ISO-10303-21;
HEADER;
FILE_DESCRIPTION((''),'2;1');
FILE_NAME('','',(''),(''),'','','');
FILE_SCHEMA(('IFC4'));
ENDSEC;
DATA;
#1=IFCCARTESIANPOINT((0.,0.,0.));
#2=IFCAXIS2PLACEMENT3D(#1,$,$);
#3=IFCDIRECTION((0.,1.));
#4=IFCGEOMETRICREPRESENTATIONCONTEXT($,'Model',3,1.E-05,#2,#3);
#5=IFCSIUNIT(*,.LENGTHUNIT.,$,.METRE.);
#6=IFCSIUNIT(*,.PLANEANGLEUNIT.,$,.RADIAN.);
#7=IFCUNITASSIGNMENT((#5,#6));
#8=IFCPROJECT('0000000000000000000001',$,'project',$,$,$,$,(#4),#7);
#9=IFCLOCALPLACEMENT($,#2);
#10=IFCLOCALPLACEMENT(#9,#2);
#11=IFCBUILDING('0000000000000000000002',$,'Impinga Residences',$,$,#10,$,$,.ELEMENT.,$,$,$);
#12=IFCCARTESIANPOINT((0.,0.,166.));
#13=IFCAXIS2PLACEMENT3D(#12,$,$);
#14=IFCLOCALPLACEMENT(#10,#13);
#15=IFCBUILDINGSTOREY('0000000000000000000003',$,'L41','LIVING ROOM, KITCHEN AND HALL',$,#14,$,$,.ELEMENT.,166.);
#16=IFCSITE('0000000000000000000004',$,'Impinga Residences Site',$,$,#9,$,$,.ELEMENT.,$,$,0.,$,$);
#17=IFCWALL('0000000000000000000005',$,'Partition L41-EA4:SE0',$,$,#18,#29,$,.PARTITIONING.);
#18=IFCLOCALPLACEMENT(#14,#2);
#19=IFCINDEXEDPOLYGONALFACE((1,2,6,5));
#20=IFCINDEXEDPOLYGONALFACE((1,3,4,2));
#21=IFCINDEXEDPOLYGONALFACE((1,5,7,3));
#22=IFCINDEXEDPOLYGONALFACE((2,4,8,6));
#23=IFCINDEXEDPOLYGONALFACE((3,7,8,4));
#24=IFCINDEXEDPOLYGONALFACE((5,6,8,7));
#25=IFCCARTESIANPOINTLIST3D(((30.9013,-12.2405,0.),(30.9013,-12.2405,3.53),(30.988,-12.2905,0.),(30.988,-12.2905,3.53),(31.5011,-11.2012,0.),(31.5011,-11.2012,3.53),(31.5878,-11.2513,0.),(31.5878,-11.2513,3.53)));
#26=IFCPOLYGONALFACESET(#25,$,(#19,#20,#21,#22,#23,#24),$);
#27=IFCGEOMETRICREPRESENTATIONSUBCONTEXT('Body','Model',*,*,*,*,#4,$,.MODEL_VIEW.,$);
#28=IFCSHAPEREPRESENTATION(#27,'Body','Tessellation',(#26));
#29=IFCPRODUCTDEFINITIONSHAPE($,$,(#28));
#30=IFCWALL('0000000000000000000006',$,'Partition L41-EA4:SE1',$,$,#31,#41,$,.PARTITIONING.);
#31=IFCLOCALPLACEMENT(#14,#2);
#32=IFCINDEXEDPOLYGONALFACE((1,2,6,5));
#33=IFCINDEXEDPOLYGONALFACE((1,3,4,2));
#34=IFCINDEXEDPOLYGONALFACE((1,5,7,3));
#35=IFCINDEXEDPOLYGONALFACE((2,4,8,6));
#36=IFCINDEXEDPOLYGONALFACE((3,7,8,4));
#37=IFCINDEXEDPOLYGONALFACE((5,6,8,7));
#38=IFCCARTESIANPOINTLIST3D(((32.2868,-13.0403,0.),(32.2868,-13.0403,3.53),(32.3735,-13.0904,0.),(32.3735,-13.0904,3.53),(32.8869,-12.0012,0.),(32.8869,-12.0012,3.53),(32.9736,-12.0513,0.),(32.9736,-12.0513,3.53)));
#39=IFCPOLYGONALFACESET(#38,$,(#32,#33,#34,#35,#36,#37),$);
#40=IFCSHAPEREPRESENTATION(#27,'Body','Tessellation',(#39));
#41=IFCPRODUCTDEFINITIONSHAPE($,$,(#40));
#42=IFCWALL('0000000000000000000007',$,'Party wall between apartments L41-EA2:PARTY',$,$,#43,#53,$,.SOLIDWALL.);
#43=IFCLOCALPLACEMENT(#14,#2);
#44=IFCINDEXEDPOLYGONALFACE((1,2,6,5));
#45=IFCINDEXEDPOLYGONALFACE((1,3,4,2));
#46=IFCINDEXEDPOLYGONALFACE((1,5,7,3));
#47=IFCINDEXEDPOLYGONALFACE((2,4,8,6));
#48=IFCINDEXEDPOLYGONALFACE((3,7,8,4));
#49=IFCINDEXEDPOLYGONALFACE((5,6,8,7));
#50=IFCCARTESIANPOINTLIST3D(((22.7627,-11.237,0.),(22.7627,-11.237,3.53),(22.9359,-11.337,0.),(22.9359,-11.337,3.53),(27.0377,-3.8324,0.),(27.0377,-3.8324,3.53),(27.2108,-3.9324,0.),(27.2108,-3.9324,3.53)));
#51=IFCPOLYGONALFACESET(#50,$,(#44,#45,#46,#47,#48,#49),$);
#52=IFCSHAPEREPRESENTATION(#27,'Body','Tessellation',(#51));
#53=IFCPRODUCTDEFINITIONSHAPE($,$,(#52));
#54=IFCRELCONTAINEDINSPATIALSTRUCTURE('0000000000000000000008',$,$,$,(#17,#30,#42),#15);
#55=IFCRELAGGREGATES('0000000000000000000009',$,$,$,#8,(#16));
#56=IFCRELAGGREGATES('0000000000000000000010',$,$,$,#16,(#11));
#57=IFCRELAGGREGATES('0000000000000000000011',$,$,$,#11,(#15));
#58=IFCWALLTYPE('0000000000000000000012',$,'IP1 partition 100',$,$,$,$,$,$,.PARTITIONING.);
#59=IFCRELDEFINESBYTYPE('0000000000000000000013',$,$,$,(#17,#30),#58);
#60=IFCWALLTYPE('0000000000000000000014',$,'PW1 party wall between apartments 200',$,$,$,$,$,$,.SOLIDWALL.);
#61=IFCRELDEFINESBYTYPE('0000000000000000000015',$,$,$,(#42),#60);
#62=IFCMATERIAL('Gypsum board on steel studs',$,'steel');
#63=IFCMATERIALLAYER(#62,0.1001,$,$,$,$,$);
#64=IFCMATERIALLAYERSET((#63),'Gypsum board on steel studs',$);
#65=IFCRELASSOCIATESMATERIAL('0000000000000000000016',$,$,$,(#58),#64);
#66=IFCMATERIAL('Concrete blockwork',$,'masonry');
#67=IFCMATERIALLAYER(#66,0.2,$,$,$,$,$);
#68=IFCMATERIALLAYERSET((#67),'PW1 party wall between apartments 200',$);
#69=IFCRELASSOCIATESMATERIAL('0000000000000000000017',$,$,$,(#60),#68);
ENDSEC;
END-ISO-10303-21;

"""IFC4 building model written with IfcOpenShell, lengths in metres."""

from ifc_helpers import new_model, si_unit, direction, frame, frame_2d, origin, place, context, subcontext, project, spatial, rectangle, extrude, material, layer, layer_set, type_object, element, save


model = new_model("IFC4")

# Units and contexts
model_context = context("Model", 3, precision=1e-05, world=origin(), true_north=direction((0.0, 1.0)))
body_context = subcontext(model_context, "Body", "Model", "MODEL_VIEW")
ifc_project = project(units=[si_unit("LENGTHUNIT", "METRE"), si_unit("PLANEANGLEUNIT", "RADIAN")], contexts=[model_context])

# Site, building, storey
site_placement = place(None, origin())
site = spatial("IfcSite", under=ifc_project, at=site_placement, Name="Impinga Residences Site", CompositionType="ELEMENT", RefElevation=0.0)
building_placement = place(site_placement, origin())
building = spatial("IfcBuilding", under=site, at=building_placement, Name="Impinga Residences", CompositionType="ELEMENT")
storey_placement = place(building_placement, frame((0.0, 0.0, 166.0)))
storey = spatial("IfcBuildingStorey", under=building, at=storey_placement, Name="L41", Description="LIVING ROOM, KITCHEN AND HALL", CompositionType="ELEMENT", Elevation=166.0)

# Shared definitions
ifc_material_1 = material(Name="Concrete blockwork", Category="masonry")

# Shared definitions
ifc_material_2 = material(Name="Gypsum board on steel studs", Category="steel")
ifc_layer_1 = layer(ifc_material_2, 0.1001)
ifc_layer_set_1 = layer_set([ifc_layer_1], Name="Gypsum board on steel studs")
wall_type_1 = type_object("IfcWallType", Name="IP1 partition 100", PredefinedType="PARTITIONING", material=ifc_layer_set_1)

# Walls
for number, where, z_axis, x_axis, name in (
    (1, (30.9446, -12.2656, 0.0), (0.0, 0.0, 1.0), (0.499881, 0.866094, 0.0), "Partition L41-EA4:SE0"),
    (2, (32.3301, -13.0654, 0.0), (0.0, 0.0, 1.0), (0.500122, 0.865955, 0.0), "Partition L41-EA4:SE1"),
):
    element("IfcWall", number, at=place(storey_placement, frame(where, z_axis=z_axis, x_axis=x_axis)), inside=storey, type_object=wall_type_1, Name=name, PredefinedType="PARTITIONING", context=body_context, shape_type="SweptSolid", body=[
        extrude(rectangle(XDim=1.2, YDim=0.1001, at=frame_2d((0.6001, 0.0))), origin(), (0.0, 0.0, 1.0), 3.53),
    ])
ifc_layer_2 = layer(ifc_material_1, 0.2)
ifc_layer_set_2 = layer_set([ifc_layer_2], Name="PW1 party wall between apartments 200")
wall_type_2 = type_object("IfcWallType", Name="PW1 party wall between apartments 200", PredefinedType="SOLIDWALL", material=ifc_layer_set_2)
wall_1_placement = place(storey_placement, frame((22.8494, -11.2869, 0.0), z_axis=(0.0, 0.0, 1.0), x_axis=(0.49999, 0.866031, 0.0)))
element("IfcWall", 3, at=wall_1_placement, inside=storey, type_object=wall_type_2, Name="Party wall between apartments L41-EA2:PARTY", PredefinedType="SOLIDWALL", context=body_context, shape_type="SweptSolid", body=[
    extrude(rectangle(XDim=8.55, YDim=0.2, at=frame_2d((4.2749, 0.0))), origin(), (0.0, 0.0, 1.0), 3.53),
])

save(model, "model.ifc")
